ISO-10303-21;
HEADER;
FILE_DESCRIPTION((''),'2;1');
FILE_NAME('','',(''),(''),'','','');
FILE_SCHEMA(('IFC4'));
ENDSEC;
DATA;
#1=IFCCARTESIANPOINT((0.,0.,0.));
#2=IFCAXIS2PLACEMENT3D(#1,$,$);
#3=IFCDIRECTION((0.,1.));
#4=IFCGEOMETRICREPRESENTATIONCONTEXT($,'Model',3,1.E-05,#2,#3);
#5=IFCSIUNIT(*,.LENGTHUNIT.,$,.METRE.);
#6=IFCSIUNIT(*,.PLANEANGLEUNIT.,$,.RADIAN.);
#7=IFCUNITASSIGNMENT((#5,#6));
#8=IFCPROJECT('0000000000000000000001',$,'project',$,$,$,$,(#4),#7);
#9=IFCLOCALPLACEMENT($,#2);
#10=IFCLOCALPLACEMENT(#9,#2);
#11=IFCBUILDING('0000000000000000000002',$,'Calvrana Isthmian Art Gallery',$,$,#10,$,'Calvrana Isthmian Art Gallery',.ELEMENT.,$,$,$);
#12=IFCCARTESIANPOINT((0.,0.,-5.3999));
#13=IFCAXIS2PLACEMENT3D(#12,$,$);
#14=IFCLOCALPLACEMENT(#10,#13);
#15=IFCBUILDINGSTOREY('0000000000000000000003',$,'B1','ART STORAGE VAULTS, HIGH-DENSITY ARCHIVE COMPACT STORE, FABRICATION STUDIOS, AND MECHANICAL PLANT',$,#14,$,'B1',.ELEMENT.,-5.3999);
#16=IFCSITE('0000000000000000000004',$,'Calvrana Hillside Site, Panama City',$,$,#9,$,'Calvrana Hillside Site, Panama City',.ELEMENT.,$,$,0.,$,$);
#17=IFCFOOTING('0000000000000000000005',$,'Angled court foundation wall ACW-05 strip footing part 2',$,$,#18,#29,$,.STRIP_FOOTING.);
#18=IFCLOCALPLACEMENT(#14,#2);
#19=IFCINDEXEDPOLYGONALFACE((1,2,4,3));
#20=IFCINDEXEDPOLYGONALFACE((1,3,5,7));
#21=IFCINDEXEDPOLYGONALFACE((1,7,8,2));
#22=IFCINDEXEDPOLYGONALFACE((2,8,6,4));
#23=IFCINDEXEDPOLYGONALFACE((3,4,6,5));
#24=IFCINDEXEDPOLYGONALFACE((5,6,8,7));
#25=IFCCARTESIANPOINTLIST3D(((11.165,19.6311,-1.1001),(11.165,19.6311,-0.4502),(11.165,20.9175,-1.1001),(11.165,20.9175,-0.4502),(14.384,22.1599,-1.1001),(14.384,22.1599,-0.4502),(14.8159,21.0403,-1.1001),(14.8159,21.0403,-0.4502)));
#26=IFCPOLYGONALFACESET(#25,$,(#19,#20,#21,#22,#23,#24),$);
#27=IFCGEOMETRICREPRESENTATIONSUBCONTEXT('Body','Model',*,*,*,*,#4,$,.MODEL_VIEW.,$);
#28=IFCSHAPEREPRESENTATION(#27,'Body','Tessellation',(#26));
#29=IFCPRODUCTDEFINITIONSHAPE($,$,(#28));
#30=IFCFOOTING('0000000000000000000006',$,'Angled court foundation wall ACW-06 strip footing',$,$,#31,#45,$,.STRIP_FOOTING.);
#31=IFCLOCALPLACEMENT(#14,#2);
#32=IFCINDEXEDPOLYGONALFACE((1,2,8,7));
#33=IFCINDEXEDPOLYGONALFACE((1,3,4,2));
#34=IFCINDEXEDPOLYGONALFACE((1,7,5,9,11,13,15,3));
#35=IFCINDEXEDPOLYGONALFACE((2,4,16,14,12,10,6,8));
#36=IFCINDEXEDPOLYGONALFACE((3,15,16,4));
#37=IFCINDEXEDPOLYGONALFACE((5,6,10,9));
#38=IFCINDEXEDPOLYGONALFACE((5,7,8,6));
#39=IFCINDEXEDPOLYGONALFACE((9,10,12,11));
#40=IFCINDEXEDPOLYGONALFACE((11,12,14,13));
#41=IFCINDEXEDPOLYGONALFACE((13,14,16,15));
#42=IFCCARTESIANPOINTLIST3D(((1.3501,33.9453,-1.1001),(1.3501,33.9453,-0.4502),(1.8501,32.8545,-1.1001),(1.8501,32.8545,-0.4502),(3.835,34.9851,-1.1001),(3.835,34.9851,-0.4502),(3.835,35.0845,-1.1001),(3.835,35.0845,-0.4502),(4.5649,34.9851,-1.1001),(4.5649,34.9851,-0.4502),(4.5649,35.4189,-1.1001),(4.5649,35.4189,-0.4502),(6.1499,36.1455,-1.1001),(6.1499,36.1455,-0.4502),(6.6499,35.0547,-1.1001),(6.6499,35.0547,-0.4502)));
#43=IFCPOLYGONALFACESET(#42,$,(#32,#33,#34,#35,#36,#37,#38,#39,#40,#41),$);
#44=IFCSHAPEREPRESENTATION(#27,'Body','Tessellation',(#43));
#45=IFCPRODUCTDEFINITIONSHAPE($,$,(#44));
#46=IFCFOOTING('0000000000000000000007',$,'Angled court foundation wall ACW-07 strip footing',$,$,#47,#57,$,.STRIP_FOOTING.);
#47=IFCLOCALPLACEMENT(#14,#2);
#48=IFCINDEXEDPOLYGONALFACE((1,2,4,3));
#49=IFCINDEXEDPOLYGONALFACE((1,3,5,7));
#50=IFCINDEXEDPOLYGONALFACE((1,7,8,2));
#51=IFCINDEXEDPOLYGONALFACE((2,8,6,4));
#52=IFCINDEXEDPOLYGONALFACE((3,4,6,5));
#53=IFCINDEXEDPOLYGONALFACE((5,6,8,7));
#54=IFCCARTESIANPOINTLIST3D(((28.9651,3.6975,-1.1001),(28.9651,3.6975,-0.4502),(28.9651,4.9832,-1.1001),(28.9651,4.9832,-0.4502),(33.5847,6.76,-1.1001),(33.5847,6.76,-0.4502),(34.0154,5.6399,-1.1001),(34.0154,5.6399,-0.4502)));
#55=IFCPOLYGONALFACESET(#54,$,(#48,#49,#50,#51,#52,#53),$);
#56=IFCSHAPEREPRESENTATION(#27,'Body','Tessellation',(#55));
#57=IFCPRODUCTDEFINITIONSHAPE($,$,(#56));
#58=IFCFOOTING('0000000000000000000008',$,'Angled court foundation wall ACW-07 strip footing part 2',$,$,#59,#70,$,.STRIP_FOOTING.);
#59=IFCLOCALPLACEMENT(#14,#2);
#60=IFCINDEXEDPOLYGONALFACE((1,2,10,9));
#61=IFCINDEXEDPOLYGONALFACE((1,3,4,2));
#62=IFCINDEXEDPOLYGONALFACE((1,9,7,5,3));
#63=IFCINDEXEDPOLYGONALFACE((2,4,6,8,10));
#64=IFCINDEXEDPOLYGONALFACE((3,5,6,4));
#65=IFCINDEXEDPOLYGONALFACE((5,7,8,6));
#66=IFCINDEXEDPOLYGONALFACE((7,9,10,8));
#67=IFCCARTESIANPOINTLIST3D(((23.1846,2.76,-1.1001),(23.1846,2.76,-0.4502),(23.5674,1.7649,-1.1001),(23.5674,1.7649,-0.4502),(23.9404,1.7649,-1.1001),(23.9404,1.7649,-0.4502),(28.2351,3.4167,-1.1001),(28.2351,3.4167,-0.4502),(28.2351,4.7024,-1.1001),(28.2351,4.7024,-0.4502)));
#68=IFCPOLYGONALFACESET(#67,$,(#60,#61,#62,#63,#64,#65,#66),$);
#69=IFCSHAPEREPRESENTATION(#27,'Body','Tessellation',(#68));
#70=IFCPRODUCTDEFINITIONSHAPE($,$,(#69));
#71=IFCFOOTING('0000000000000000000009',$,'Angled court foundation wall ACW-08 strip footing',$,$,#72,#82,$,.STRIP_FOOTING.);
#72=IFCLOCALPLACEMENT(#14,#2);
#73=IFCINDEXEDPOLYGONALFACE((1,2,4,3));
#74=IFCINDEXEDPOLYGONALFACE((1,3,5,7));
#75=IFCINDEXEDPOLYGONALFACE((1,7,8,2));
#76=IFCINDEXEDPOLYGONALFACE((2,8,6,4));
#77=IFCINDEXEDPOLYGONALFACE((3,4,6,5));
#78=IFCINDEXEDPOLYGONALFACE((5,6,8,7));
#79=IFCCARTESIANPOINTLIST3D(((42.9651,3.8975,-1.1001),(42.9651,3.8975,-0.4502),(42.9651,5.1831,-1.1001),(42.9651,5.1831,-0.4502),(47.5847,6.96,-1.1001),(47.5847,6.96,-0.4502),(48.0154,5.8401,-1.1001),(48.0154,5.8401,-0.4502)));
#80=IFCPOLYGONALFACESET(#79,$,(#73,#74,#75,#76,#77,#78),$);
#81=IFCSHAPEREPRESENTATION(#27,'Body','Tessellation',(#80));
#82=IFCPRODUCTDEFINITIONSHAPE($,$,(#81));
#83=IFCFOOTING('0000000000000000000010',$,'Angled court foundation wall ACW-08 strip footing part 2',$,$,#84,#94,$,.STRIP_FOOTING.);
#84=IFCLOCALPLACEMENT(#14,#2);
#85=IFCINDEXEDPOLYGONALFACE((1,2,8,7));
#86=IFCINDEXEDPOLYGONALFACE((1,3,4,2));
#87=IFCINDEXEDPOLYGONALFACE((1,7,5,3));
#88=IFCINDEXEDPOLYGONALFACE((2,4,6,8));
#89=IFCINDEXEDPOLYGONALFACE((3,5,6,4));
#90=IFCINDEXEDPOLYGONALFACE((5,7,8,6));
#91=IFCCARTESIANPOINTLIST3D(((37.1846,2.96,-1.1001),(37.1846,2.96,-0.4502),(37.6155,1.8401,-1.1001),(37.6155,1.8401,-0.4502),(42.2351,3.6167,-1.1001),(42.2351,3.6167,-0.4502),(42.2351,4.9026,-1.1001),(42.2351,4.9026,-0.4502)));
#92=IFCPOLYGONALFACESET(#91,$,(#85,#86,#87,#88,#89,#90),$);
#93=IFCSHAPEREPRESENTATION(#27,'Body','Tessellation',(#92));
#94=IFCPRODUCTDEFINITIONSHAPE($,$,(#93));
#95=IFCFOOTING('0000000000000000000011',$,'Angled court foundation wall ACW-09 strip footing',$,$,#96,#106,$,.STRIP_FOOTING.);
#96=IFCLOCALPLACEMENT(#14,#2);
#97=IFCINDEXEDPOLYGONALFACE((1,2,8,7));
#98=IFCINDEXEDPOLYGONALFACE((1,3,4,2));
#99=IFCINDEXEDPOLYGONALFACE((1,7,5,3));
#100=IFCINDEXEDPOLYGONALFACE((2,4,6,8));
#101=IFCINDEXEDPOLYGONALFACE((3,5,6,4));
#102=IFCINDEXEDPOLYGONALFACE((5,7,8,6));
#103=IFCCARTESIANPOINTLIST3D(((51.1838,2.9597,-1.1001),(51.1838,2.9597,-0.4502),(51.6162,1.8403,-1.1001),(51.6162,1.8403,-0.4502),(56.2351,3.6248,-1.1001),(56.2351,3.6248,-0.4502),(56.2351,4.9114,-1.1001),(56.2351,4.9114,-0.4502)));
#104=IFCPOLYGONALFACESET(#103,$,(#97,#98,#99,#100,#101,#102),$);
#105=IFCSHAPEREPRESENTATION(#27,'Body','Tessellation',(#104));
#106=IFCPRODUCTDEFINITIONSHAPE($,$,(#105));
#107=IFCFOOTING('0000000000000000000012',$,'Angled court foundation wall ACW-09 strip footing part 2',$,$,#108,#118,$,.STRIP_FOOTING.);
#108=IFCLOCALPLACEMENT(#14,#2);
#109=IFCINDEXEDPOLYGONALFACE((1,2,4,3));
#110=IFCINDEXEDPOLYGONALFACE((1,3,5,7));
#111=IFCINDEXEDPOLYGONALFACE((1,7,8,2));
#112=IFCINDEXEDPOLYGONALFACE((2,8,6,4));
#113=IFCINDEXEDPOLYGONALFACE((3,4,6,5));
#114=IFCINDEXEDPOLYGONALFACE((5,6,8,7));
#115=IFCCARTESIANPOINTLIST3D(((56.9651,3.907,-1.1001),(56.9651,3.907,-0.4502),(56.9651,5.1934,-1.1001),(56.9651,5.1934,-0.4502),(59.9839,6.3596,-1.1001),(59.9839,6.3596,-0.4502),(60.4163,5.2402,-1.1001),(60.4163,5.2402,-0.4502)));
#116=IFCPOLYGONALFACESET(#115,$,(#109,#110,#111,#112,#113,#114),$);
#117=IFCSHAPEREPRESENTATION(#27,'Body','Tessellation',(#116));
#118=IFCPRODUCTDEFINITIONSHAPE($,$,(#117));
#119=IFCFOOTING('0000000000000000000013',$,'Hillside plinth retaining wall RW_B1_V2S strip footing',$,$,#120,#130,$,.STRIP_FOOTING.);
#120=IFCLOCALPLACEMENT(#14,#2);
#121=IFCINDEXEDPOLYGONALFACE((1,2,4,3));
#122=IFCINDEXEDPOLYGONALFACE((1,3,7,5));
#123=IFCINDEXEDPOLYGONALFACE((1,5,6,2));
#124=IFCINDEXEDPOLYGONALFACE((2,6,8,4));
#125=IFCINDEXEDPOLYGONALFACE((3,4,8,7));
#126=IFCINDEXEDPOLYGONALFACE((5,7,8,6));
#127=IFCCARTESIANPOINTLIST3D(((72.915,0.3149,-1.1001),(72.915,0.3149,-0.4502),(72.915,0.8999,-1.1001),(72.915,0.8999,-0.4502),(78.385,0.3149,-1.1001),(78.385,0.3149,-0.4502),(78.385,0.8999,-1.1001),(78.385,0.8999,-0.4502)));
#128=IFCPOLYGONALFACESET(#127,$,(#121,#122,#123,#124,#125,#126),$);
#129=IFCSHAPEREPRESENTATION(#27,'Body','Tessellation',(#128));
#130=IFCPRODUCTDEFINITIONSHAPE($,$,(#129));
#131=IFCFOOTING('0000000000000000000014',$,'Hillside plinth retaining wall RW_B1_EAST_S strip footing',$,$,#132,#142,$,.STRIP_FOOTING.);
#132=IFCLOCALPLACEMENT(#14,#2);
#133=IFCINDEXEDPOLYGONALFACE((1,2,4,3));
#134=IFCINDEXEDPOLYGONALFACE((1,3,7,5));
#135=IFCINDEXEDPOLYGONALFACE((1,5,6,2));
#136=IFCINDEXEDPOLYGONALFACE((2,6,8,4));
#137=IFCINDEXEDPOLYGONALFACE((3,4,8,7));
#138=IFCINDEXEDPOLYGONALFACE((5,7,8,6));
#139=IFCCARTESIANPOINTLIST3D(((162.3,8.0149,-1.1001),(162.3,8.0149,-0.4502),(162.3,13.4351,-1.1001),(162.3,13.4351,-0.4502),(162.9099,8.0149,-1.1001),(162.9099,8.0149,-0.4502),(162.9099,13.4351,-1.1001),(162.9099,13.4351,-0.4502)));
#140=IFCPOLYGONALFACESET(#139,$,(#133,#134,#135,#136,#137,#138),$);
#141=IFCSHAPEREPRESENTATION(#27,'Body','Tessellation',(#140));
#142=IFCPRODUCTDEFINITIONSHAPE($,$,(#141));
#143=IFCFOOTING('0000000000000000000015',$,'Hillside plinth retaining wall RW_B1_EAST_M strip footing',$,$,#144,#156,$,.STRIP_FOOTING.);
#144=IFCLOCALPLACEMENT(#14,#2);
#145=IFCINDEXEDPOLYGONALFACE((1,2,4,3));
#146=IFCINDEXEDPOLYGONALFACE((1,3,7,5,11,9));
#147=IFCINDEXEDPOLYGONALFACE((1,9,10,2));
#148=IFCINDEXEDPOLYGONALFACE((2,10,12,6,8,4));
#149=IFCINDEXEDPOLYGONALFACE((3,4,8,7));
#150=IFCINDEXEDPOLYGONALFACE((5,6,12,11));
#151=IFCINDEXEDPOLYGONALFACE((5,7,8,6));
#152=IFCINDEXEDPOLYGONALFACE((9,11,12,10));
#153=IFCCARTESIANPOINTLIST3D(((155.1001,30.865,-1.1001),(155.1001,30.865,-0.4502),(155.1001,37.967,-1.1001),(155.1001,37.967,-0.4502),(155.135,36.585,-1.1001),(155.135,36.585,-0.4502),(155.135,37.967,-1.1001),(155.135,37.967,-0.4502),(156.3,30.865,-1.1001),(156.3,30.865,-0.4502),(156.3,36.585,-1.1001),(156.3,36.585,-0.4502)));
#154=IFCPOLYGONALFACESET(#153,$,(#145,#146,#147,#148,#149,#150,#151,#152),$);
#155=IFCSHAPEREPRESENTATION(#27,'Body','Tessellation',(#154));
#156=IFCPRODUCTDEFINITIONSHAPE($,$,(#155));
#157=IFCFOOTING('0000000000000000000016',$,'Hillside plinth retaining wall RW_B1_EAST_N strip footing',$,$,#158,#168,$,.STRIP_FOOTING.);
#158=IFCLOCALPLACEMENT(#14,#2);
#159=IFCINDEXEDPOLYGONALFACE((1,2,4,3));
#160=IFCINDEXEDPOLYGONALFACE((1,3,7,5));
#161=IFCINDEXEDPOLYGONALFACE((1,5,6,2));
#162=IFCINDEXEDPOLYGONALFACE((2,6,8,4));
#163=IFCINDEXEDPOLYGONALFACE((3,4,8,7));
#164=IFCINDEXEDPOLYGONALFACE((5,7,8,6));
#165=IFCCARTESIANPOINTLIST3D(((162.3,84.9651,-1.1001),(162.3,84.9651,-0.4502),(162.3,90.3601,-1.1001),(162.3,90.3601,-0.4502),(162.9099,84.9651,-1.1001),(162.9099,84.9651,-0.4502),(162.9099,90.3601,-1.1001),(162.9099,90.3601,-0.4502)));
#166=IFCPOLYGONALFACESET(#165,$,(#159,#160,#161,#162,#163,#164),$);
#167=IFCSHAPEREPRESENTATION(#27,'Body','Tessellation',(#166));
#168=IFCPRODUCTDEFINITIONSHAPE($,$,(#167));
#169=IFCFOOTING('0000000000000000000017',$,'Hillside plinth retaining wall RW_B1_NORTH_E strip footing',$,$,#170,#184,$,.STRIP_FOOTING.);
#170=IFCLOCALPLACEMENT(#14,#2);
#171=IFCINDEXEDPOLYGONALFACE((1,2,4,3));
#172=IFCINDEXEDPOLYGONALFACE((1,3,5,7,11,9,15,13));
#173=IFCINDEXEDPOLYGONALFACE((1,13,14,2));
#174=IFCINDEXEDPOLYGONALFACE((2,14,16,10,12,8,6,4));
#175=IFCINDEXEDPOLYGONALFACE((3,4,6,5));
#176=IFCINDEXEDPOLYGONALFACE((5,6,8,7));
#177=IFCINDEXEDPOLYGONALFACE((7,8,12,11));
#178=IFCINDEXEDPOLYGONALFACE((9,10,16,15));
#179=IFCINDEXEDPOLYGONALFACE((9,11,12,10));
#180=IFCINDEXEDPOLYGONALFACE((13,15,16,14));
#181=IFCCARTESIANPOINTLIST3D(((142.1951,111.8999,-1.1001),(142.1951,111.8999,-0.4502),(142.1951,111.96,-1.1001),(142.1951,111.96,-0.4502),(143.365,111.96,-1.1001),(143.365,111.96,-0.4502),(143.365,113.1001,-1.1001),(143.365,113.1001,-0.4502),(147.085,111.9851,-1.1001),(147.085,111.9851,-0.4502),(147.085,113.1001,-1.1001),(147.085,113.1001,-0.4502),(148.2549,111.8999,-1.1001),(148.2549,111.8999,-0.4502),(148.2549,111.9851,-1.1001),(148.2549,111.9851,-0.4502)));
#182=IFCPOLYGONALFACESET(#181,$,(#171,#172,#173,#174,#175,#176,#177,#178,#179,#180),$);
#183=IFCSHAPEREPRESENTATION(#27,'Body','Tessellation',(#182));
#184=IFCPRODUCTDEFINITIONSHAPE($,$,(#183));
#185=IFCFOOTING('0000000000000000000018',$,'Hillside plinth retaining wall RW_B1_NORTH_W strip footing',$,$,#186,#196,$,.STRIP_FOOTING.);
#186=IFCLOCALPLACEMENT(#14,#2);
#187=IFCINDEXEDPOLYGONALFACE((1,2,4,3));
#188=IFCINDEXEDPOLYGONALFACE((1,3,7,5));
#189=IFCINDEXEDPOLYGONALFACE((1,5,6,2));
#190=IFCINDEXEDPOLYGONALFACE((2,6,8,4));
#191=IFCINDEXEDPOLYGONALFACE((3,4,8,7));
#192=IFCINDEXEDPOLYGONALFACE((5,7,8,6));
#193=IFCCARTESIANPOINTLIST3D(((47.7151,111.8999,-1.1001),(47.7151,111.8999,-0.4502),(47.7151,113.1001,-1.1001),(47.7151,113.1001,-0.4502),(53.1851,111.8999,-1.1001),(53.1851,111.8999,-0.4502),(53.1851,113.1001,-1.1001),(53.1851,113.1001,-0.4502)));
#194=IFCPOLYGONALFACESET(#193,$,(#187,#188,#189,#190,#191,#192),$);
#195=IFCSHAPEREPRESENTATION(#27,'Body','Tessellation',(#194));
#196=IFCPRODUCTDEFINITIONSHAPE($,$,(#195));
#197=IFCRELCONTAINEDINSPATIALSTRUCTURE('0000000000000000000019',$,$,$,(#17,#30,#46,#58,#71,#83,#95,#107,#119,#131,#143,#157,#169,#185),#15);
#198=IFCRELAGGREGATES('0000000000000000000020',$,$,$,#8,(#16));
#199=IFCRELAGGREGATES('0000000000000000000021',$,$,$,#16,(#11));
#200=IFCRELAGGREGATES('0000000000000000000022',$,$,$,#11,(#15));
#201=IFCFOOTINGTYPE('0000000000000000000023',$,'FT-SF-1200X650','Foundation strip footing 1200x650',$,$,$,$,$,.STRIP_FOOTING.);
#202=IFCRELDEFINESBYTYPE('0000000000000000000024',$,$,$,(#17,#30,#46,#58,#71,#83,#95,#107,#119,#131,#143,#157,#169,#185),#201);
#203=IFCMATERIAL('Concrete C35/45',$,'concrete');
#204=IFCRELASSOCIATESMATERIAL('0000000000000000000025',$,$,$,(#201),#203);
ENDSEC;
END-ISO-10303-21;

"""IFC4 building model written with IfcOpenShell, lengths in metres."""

from ifc_helpers import new_model, si_unit, direction, frame, origin, place, context, subcontext, project, spatial, polyline, outline, extrude, material, type_object, element, save


model = new_model("IFC4")

# Units and contexts
model_context = context("Model", 3, precision=1e-05, world=origin(), true_north=direction((0.0, 1.0)))
body_context = subcontext(model_context, "Body", "Model", "MODEL_VIEW")
ifc_project = project(units=[si_unit("LENGTHUNIT", "METRE"), si_unit("PLANEANGLEUNIT", "RADIAN")], contexts=[model_context])

# Site, building, storey
site_placement = place(None, origin())
site = spatial("IfcSite", under=ifc_project, at=site_placement, Name="Calvrana Hillside Site, Panama City", LongName="Calvrana Hillside Site, Panama City", CompositionType="ELEMENT", RefElevation=0.0)
building_placement = place(site_placement, origin())
building = spatial("IfcBuilding", under=site, at=building_placement, Name="Calvrana Isthmian Art Gallery", LongName="Calvrana Isthmian Art Gallery", CompositionType="ELEMENT")
storey_placement = place(building_placement, frame((0.0, 0.0, -5.3999)))
storey = spatial("IfcBuildingStorey", under=building, at=storey_placement, Name="B1", Description="ART STORAGE VAULTS, HIGH-DENSITY ARCHIVE COMPACT STORE, FABRICATION STUDIOS, AND MECHANICAL PLANT", LongName="B1", CompositionType="ELEMENT", Elevation=-5.3999)

# Footings
ifc_material = material(Name="Concrete C35/45", Category="concrete")
footing_type_1 = type_object("IfcFootingType", Name="FT-SF-1200X650", Description="Foundation strip footing 1200x650", PredefinedType="STRIP_FOOTING", material=ifc_material)
footing_1_placement = place(storey_placement, frame((0.0, 0.0, -1.1001)))
element("IfcFooting", 1, at=footing_1_placement, inside=storey, type_object=footing_type_1, Name="Angled court foundation wall ACW-05 strip footing part 2", PredefinedType="STRIP_FOOTING", context=body_context, shape_type="SweptSolid", body=[
    extrude(outline(polyline([(14.384, 22.1599), (14.8159, 21.0403), (11.165, 19.6311), (11.165, 20.9175), (14.384, 22.1599)])), origin(), (0.0, 0.0, 1.0), 0.6499),
])
footing_2_placement = place(storey_placement, frame((0.0, 0.0, -1.1001)))
element("IfcFooting", 2, at=footing_2_placement, inside=storey, type_object=footing_type_1, Name="Angled court foundation wall ACW-06 strip footing", PredefinedType="STRIP_FOOTING", context=body_context, shape_type="SweptSolid", body=[
    extrude(outline(polyline([(6.1499, 36.1455), (6.6499, 35.0547), (1.8501, 32.8545), (1.3501, 33.9453), (3.835, 35.0845), (3.835, 34.9851), (4.5649, 34.9851), (4.5649, 35.4189), (6.1499, 36.1455)])), origin(), (0.0, 0.0, 1.0), 0.6499),
])
footing_3_placement = place(storey_placement, frame((0.0, 0.0, -1.1001)))
element("IfcFooting", 3, at=footing_3_placement, inside=storey, type_object=footing_type_1, Name="Angled court foundation wall ACW-07 strip footing", PredefinedType="STRIP_FOOTING", context=body_context, shape_type="SweptSolid", body=[
    extrude(outline(polyline([(33.5847, 6.76), (34.0154, 5.6399), (28.9651, 3.6975), (28.9651, 4.9832), (33.5847, 6.76)])), origin(), (0.0, 0.0, 1.0), 0.6499),
])
footing_4_placement = place(storey_placement, frame((0.0, 0.0, -1.1001)))
element("IfcFooting", 4, at=footing_4_placement, inside=storey, type_object=footing_type_1, Name="Angled court foundation wall ACW-07 strip footing part 2", PredefinedType="STRIP_FOOTING", context=body_context, shape_type="SweptSolid", body=[
    extrude(outline(polyline([(28.2351, 4.7024), (28.2351, 3.4167), (23.9404, 1.7649), (23.5674, 1.7649), (23.1846, 2.76), (28.2351, 4.7024)])), origin(), (0.0, 0.0, 1.0), 0.6499),
])
footing_5_placement = place(storey_placement, frame((0.0, 0.0, -1.1001)))
element("IfcFooting", 5, at=footing_5_placement, inside=storey, type_object=footing_type_1, Name="Angled court foundation wall ACW-08 strip footing", PredefinedType="STRIP_FOOTING", context=body_context, shape_type="SweptSolid", body=[
    extrude(outline(polyline([(47.5847, 6.96), (48.0154, 5.8401), (42.9651, 3.8975), (42.9651, 5.1831), (47.5847, 6.96)])), origin(), (0.0, 0.0, 1.0), 0.6499),
])
footing_6_placement = place(storey_placement, frame((0.0, 0.0, -1.1001)))
element("IfcFooting", 6, at=footing_6_placement, inside=storey, type_object=footing_type_1, Name="Angled court foundation wall ACW-08 strip footing part 2", PredefinedType="STRIP_FOOTING", context=body_context, shape_type="SweptSolid", body=[
    extrude(outline(polyline([(37.6155, 1.8401), (37.1846, 2.96), (42.2351, 4.9026), (42.2351, 3.6167), (37.6155, 1.8401)])), origin(), (0.0, 0.0, 1.0), 0.6499),
])
footing_7_placement = place(storey_placement, frame((0.0, 0.0, -1.1001)))
element("IfcFooting", 7, at=footing_7_placement, inside=storey, type_object=footing_type_1, Name="Angled court foundation wall ACW-09 strip footing", PredefinedType="STRIP_FOOTING", context=body_context, shape_type="SweptSolid", body=[
    extrude(outline(polyline([(51.6162, 1.8403), (51.1838, 2.9597), (56.2351, 4.9114), (56.2351, 3.6248), (51.6162, 1.8403)])), origin(), (0.0, 0.0, 1.0), 0.6499),
])
footing_8_placement = place(storey_placement, frame((0.0, 0.0, -1.1001)))
element("IfcFooting", 8, at=footing_8_placement, inside=storey, type_object=footing_type_1, Name="Angled court foundation wall ACW-09 strip footing part 2", PredefinedType="STRIP_FOOTING", context=body_context, shape_type="SweptSolid", body=[
    extrude(outline(polyline([(59.9839, 6.3596), (60.4163, 5.2402), (56.9651, 3.907), (56.9651, 5.1934), (59.9839, 6.3596)])), origin(), (0.0, 0.0, 1.0), 0.6499),
])
footing_9_placement = place(storey_placement, frame((0.0, 0.0, -1.1001)))
element("IfcFooting", 9, at=footing_9_placement, inside=storey, type_object=footing_type_1, Name="Hillside plinth retaining wall RW_B1_V2S strip footing", PredefinedType="STRIP_FOOTING", context=body_context, shape_type="SweptSolid", body=[
    extrude(outline(polyline([(72.915, 0.8999), (78.385, 0.8999), (78.385, 0.3149), (72.915, 0.3149), (72.915, 0.8999)])), origin(), (0.0, 0.0, 1.0), 0.6499),
])
footing_10_placement = place(storey_placement, frame((0.0, 0.0, -1.1001)))
element("IfcFooting", 10, at=footing_10_placement, inside=storey, type_object=footing_type_1, Name="Hillside plinth retaining wall RW_B1_EAST_S strip footing", PredefinedType="STRIP_FOOTING", context=body_context, shape_type="SweptSolid", body=[
    extrude(outline(polyline([(162.3, 8.0149), (162.3, 13.4351), (162.9099, 13.4351), (162.9099, 8.0149), (162.3, 8.0149)])), origin(), (0.0, 0.0, 1.0), 0.6499),
])
footing_11_placement = place(storey_placement, frame((0.0, 0.0, -1.1001)))
element("IfcFooting", 11, at=footing_11_placement, inside=storey, type_object=footing_type_1, Name="Hillside plinth retaining wall RW_B1_EAST_M strip footing", PredefinedType="STRIP_FOOTING", context=body_context, shape_type="SweptSolid", body=[
    extrude(outline(polyline([(155.135, 37.967), (155.135, 36.585), (156.3, 36.585), (156.3, 30.865), (155.1001, 30.865), (155.1001, 37.967), (155.135, 37.967)])), origin(), (0.0, 0.0, 1.0), 0.6499),
])
footing_12_placement = place(storey_placement, frame((0.0, 0.0, -1.1001)))
element("IfcFooting", 12, at=footing_12_placement, inside=storey, type_object=footing_type_1, Name="Hillside plinth retaining wall RW_B1_EAST_N strip footing", PredefinedType="STRIP_FOOTING", context=body_context, shape_type="SweptSolid", body=[
    extrude(outline(polyline([(162.3, 84.9651), (162.3, 90.3601), (162.9099, 90.3601), (162.9099, 84.9651), (162.3, 84.9651)])), origin(), (0.0, 0.0, 1.0), 0.6499),
])
footing_13_placement = place(storey_placement, frame((0.0, 0.0, -1.1001)))
element("IfcFooting", 13, at=footing_13_placement, inside=storey, type_object=footing_type_1, Name="Hillside plinth retaining wall RW_B1_NORTH_E strip footing", PredefinedType="STRIP_FOOTING", context=body_context, shape_type="SweptSolid", body=[
    extrude(outline(polyline([(148.2549, 111.8999), (142.1951, 111.8999), (142.1951, 111.96), (143.365, 111.96), (143.365, 113.1001), (147.085, 113.1001), (147.085, 111.9851), (148.2549, 111.9851), (148.2549, 111.8999)])), origin(), (0.0, 0.0, 1.0), 0.6499),
])
footing_14_placement = place(storey_placement, frame((0.0, 0.0, -1.1001)))
element("IfcFooting", 14, at=footing_14_placement, inside=storey, type_object=footing_type_1, Name="Hillside plinth retaining wall RW_B1_NORTH_W strip footing", PredefinedType="STRIP_FOOTING", context=body_context, shape_type="SweptSolid", body=[
    extrude(outline(polyline([(47.7151, 111.8999), (47.7151, 113.1001), (53.1851, 113.1001), (53.1851, 111.8999), (47.7151, 111.8999)])), origin(), (0.0, 0.0, 1.0), 0.6499),
])

save(model, "model.ifc")
